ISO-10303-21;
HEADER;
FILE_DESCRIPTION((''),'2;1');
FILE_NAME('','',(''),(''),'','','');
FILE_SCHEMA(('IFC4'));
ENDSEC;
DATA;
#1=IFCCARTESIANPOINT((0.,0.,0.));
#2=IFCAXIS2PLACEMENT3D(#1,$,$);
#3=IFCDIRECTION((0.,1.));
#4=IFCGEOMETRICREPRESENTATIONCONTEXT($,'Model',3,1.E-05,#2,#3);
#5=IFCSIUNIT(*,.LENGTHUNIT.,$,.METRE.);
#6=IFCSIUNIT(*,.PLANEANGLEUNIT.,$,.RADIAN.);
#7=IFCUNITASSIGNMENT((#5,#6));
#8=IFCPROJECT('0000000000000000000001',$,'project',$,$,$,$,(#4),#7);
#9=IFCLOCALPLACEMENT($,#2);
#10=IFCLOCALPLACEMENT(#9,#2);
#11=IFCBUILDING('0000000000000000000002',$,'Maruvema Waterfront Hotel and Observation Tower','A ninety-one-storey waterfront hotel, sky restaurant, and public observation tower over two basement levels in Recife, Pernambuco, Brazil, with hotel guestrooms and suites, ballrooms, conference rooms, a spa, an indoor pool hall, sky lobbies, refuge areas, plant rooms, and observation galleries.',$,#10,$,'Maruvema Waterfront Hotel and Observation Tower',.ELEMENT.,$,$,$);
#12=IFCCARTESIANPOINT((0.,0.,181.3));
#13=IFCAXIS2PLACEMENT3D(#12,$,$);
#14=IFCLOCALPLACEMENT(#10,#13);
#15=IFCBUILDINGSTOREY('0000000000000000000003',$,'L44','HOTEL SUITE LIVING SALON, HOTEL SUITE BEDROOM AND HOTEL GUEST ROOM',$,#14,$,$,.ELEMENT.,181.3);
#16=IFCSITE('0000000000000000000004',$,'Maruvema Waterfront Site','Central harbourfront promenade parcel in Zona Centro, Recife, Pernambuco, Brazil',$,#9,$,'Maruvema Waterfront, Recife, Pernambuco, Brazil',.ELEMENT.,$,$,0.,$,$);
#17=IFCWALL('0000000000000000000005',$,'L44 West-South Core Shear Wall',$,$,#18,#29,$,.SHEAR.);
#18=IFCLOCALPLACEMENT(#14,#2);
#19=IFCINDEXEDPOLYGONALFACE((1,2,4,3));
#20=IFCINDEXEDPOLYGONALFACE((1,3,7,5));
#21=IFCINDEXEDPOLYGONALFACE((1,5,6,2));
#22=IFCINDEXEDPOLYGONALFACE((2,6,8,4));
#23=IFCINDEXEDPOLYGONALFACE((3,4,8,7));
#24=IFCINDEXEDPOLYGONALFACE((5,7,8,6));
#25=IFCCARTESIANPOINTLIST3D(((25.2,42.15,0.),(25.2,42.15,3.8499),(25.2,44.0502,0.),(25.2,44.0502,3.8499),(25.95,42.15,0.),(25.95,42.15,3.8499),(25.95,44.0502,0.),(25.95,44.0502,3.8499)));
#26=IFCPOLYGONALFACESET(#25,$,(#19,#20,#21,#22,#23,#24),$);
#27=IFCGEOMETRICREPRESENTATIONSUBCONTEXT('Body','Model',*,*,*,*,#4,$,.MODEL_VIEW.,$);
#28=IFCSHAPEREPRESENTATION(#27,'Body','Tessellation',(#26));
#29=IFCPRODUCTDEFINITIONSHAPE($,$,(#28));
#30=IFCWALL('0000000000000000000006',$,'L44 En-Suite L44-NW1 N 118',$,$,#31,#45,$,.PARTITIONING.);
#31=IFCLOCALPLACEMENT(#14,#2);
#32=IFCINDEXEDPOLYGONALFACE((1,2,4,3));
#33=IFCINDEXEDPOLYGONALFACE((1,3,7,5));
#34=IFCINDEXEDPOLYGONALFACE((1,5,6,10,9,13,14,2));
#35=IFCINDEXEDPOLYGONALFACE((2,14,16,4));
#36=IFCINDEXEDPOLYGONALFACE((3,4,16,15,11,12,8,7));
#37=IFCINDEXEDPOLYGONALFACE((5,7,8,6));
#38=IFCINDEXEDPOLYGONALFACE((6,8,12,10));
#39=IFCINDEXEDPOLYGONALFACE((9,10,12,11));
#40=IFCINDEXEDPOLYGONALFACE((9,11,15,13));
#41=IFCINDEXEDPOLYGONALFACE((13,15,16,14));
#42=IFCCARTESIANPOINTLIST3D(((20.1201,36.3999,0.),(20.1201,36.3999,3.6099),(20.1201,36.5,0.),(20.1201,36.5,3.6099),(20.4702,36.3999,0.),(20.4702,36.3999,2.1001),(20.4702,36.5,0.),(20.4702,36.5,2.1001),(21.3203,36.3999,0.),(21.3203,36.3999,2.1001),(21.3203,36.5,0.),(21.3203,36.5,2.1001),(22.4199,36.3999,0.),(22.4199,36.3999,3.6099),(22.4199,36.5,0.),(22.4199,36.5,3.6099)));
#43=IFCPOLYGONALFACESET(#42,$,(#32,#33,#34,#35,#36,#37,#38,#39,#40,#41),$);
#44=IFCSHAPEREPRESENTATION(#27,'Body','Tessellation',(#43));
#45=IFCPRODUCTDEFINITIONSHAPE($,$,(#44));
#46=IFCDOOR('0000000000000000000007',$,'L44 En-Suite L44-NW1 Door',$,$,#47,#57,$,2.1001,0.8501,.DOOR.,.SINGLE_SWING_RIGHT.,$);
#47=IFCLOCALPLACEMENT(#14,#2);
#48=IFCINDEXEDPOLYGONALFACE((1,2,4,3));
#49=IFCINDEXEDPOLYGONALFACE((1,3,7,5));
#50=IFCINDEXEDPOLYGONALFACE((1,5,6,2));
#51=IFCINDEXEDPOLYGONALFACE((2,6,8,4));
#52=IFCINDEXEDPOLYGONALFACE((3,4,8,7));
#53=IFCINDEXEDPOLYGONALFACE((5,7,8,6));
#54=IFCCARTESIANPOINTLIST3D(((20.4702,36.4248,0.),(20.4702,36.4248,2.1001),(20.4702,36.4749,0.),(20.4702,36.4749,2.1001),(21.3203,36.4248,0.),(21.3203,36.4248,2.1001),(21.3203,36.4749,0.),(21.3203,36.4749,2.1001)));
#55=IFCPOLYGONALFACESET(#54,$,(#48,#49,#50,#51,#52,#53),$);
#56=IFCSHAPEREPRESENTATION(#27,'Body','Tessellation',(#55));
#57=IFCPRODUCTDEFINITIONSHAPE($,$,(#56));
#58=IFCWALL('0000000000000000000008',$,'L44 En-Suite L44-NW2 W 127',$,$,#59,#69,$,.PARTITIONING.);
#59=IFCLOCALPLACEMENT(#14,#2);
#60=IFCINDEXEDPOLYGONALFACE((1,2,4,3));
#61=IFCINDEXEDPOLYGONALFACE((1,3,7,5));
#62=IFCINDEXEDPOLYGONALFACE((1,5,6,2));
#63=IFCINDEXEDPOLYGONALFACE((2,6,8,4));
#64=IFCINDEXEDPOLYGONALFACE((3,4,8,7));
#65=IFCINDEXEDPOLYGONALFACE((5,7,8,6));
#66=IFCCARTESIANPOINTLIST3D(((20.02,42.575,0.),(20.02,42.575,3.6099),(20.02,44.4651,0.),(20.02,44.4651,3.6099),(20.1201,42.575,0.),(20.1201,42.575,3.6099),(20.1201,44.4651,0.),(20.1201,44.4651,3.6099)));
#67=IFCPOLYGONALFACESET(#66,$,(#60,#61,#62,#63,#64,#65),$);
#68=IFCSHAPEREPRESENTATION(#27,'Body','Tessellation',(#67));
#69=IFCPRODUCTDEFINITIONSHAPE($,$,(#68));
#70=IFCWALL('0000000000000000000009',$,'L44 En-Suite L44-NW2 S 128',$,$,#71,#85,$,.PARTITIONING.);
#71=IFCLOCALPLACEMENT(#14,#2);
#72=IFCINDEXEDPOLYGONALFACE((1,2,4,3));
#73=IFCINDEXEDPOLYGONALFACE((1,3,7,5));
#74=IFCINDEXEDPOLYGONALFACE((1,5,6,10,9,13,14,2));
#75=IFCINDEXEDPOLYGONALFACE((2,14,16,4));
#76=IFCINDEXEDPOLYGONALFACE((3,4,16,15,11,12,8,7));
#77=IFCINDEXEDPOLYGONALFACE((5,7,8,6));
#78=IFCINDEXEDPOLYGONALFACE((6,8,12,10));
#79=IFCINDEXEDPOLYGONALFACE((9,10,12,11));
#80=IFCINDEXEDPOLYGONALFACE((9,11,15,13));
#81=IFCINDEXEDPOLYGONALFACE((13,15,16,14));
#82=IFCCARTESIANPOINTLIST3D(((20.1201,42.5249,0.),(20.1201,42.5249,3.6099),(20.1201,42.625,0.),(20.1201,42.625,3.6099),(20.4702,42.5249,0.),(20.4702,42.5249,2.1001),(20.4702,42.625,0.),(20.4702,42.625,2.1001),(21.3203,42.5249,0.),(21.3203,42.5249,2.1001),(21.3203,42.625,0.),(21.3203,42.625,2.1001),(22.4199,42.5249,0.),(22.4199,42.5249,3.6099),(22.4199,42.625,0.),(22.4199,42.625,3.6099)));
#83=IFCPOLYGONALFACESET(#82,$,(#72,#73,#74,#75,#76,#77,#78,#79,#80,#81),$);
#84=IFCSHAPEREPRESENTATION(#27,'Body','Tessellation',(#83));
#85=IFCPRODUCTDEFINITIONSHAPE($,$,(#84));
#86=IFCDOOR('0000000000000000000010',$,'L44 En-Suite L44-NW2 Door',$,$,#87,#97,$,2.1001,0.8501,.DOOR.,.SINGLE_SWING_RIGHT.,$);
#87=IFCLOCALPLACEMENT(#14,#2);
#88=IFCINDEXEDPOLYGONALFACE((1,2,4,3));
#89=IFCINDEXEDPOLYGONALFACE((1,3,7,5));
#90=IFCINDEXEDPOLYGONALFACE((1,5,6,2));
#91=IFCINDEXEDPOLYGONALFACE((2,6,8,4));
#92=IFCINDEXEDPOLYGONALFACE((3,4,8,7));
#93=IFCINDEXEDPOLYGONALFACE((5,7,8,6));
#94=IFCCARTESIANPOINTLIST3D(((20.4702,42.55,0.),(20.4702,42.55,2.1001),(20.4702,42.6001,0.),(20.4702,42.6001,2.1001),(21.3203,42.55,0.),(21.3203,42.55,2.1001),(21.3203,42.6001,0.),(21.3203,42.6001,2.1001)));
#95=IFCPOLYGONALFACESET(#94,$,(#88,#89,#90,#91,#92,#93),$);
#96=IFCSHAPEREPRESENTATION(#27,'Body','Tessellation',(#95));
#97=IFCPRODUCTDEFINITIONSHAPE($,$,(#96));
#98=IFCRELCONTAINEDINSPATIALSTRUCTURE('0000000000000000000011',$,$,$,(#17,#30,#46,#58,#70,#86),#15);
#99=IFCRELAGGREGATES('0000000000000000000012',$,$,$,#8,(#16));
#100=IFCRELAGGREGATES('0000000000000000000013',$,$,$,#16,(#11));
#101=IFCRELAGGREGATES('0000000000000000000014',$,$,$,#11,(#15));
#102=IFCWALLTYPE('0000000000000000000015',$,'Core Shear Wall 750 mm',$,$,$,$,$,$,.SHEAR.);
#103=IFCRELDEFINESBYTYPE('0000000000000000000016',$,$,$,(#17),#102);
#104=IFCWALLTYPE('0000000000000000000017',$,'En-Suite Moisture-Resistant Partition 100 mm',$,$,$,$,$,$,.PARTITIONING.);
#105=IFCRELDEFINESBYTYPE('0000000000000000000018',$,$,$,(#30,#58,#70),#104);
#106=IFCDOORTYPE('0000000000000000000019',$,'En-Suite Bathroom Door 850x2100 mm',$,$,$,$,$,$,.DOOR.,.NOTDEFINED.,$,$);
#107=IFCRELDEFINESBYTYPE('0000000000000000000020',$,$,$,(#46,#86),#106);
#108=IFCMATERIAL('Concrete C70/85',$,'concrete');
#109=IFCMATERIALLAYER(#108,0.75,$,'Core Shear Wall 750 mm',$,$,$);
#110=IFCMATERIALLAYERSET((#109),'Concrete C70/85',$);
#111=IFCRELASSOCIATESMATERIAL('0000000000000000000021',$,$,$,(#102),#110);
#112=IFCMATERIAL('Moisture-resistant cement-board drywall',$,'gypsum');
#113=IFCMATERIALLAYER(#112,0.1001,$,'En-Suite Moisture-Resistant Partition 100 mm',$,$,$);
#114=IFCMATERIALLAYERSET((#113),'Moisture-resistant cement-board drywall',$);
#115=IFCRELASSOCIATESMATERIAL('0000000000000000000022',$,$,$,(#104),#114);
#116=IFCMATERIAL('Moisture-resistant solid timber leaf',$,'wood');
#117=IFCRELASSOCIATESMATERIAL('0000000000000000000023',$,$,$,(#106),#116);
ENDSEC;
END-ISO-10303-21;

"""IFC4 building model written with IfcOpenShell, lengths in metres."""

from ifc_helpers import new_model, si_unit, direction, frame, frame_2d, origin, place, context, subcontext, project, spatial, rectangle, extrude, material, layer, layer_set, type_object, element, fill, save


model = new_model("IFC4")

# Units and contexts
model_context = context("Model", 3, precision=1e-05, world=origin(), true_north=direction((0.0, 1.0)))
body_context = subcontext(model_context, "Body", "Model", "MODEL_VIEW")
ifc_project = project(units=[si_unit("LENGTHUNIT", "METRE"), si_unit("PLANEANGLEUNIT", "RADIAN")], contexts=[model_context])

# Site, building, storey
site_placement = place(None, origin())
site = spatial("IfcSite", under=ifc_project, at=site_placement, Name="Maruvema Waterfront Site", Description="Central harbourfront promenade parcel in Zona Centro, Recife, Pernambuco, Brazil", LongName="Maruvema Waterfront, Recife, Pernambuco, Brazil", CompositionType="ELEMENT", RefElevation=0.0)
building_placement = place(site_placement, origin())
building = spatial("IfcBuilding", under=site, at=building_placement, Name="Maruvema Waterfront Hotel and Observation Tower", Description="A ninety-one-storey waterfront hotel, sky restaurant, and public observation tower over two basement levels in Recife, Pernambuco, Brazil, with hotel guestrooms and suites, ballrooms, conference rooms, a spa, an indoor pool hall, sky lobbies, refuge areas, plant rooms, and observation galleries.", LongName="Maruvema Waterfront Hotel and Observation Tower", CompositionType="ELEMENT")
storey_placement = place(building_placement, frame((0.0, 0.0, 181.3)))
storey = spatial("IfcBuildingStorey", under=building, at=storey_placement, Name="L44", Description="HOTEL SUITE LIVING SALON, HOTEL SUITE BEDROOM AND HOTEL GUEST ROOM", CompositionType="ELEMENT", Elevation=181.3)

# Shared definitions
ifc_material_1 = material(Name="Concrete C70/85", Category="concrete")
ifc_layer_1 = layer(ifc_material_1, 0.75, Name="Core Shear Wall 750 mm")
ifc_layer_set_1 = layer_set([ifc_layer_1], Name="Concrete C70/85")
wall_type_1 = type_object("IfcWallType", Name="Core Shear Wall 750 mm", PredefinedType="SHEAR", material=ifc_layer_set_1)

# Wall
wall_1_placement = place(storey_placement, frame((25.575, 42.1499, 0.0), z_axis=(0.0, 0.0, 1.0), x_axis=(0.0, 1.0, 0.0)))
element("IfcWall", 1, at=wall_1_placement, inside=storey, type_object=wall_type_1, Name="L44 West-South Core Shear Wall", PredefinedType="SHEAR", context=body_context, shape_type="SweptSolid", body=[
    extrude(rectangle(XDim=1.9001, YDim=0.75, at=frame_2d((0.9502, 0.0))), origin(), (0.0, 0.0, 1.0), 3.8499),
])

# Wall, opening, door
ifc_material_2 = material(Name="Moisture-resistant cement-board drywall", Category="gypsum")
ifc_layer_2 = layer(ifc_material_2, 0.1001, Name="En-Suite Moisture-Resistant Partition 100 mm")
ifc_layer_set_2 = layer_set([ifc_layer_2], Name="Moisture-resistant cement-board drywall")
wall_type_2 = type_object("IfcWallType", Name="En-Suite Moisture-Resistant Partition 100 mm", PredefinedType="PARTITIONING", material=ifc_layer_set_2)
wall_2_placement = place(storey_placement, frame((20.1201, 36.45, 0.0), z_axis=(0.0, 0.0, 1.0), x_axis=(1.0, 0.0, 0.0)))
wall_2 = element("IfcWall", 2, at=wall_2_placement, inside=storey, type_object=wall_type_2, Name="L44 En-Suite L44-NW1 N 118", PredefinedType="PARTITIONING", context=body_context, shape_type="SweptSolid", body=[
    extrude(rectangle(XDim=2.2998, YDim=0.1001, at=frame_2d((1.1499, 0.0))), origin(), (0.0, 0.0, 1.0), 3.6099),
])
opening_1_placement = place(wall_2_placement, frame((0.3501, 0.0, 0.0)))
opening_1 = element("IfcOpeningElement", 3, at=opening_1_placement, cuts=wall_2, PredefinedType="OPENING", context=body_context, shape_type="SweptSolid", body=[
    extrude(rectangle(XDim=0.8501, YDim=2.1001, at=frame_2d((0.425, 1.05))), frame((0.0, 0.0601, 0.0), z_axis=(0.0, -1.0, 0.0), x_axis=(1.0, 0.0, 0.0)), (0.0, 0.0, 1.0), 0.1201),
])
ifc_material_3 = material(Name="Moisture-resistant solid timber leaf", Category="wood")
door_type_1 = type_object("IfcDoorType", Name="En-Suite Bathroom Door 850x2100 mm", OperationType="NOTDEFINED", PredefinedType="DOOR", material=ifc_material_3)
door_1_placement = place(opening_1_placement, origin())
door_1 = element("IfcDoor", 4, at=door_1_placement, inside=storey, type_object=door_type_1, Name="L44 En-Suite L44-NW1 Door", OperationType="SINGLE_SWING_RIGHT", OverallHeight=2.1001, OverallWidth=0.8501, PredefinedType="DOOR", context=body_context, shape_type="SweptSolid", body=[
    extrude(rectangle(XDim=0.8501, YDim=2.1001, at=frame_2d((0.425, 1.05))), frame((0.0, 0.0249, 0.0), z_axis=(0.0, -1.0, 0.0), x_axis=(1.0, 0.0, 0.0)), (0.0, 0.0, 1.0), 0.05),
])
fill(opening_1, door_1)

# Wall
wall_3_placement = place(storey_placement, frame((20.0701, 42.575, 0.0), z_axis=(0.0, 0.0, 1.0), x_axis=(0.0, 1.0, 0.0)))
element("IfcWall", 5, at=wall_3_placement, inside=storey, type_object=wall_type_2, Name="L44 En-Suite L44-NW2 W 127", PredefinedType="PARTITIONING", context=body_context, shape_type="SweptSolid", body=[
    extrude(rectangle(XDim=1.8901, YDim=0.1001, at=frame_2d((0.9451, 0.0))), origin(), (0.0, 0.0, 1.0), 3.6099),
])

# Wall, opening, door
wall_4_placement = place(storey_placement, frame((20.1201, 42.575, 0.0), z_axis=(0.0, 0.0, 1.0), x_axis=(1.0, 0.0, 0.0)))
wall_4 = element("IfcWall", 6, at=wall_4_placement, inside=storey, type_object=wall_type_2, Name="L44 En-Suite L44-NW2 S 128", PredefinedType="PARTITIONING", context=body_context, shape_type="SweptSolid", body=[
    extrude(rectangle(XDim=2.2998, YDim=0.1001, at=frame_2d((1.1499, 0.0))), origin(), (0.0, 0.0, 1.0), 3.6099),
])
opening_2_placement = place(wall_4_placement, frame((0.3501, 0.0, 0.0)))
opening_2 = element("IfcOpeningElement", 7, at=opening_2_placement, cuts=wall_4, PredefinedType="OPENING", context=body_context, shape_type="SweptSolid", body=[
    extrude(rectangle(XDim=0.8501, YDim=2.1001, at=frame_2d((0.425, 1.05))), frame((0.0, 0.0601, 0.0), z_axis=(0.0, -1.0, 0.0), x_axis=(1.0, 0.0, 0.0)), (0.0, 0.0, 1.0), 0.1201),
])
door_2_placement = place(opening_2_placement, frame((0.8501, 0.0, 0.0), z_axis=(0.0, 0.0, 1.0), x_axis=(-1.0, 0.0, 0.0)))
door_2 = element("IfcDoor", 8, at=door_2_placement, inside=storey, type_object=door_type_1, Name="L44 En-Suite L44-NW2 Door", OperationType="SINGLE_SWING_RIGHT", OverallHeight=2.1001, OverallWidth=0.8501, PredefinedType="DOOR", context=body_context, shape_type="SweptSolid", body=[
    extrude(rectangle(XDim=0.8501, YDim=2.1001, at=frame_2d((0.425, 1.05))), frame((0.0, 0.0249, 0.0), z_axis=(0.0, -1.0, 0.0), x_axis=(1.0, 0.0, 0.0)), (0.0, 0.0, 1.0), 0.05),
])
fill(opening_2, door_2)

save(model, "model.ifc")
